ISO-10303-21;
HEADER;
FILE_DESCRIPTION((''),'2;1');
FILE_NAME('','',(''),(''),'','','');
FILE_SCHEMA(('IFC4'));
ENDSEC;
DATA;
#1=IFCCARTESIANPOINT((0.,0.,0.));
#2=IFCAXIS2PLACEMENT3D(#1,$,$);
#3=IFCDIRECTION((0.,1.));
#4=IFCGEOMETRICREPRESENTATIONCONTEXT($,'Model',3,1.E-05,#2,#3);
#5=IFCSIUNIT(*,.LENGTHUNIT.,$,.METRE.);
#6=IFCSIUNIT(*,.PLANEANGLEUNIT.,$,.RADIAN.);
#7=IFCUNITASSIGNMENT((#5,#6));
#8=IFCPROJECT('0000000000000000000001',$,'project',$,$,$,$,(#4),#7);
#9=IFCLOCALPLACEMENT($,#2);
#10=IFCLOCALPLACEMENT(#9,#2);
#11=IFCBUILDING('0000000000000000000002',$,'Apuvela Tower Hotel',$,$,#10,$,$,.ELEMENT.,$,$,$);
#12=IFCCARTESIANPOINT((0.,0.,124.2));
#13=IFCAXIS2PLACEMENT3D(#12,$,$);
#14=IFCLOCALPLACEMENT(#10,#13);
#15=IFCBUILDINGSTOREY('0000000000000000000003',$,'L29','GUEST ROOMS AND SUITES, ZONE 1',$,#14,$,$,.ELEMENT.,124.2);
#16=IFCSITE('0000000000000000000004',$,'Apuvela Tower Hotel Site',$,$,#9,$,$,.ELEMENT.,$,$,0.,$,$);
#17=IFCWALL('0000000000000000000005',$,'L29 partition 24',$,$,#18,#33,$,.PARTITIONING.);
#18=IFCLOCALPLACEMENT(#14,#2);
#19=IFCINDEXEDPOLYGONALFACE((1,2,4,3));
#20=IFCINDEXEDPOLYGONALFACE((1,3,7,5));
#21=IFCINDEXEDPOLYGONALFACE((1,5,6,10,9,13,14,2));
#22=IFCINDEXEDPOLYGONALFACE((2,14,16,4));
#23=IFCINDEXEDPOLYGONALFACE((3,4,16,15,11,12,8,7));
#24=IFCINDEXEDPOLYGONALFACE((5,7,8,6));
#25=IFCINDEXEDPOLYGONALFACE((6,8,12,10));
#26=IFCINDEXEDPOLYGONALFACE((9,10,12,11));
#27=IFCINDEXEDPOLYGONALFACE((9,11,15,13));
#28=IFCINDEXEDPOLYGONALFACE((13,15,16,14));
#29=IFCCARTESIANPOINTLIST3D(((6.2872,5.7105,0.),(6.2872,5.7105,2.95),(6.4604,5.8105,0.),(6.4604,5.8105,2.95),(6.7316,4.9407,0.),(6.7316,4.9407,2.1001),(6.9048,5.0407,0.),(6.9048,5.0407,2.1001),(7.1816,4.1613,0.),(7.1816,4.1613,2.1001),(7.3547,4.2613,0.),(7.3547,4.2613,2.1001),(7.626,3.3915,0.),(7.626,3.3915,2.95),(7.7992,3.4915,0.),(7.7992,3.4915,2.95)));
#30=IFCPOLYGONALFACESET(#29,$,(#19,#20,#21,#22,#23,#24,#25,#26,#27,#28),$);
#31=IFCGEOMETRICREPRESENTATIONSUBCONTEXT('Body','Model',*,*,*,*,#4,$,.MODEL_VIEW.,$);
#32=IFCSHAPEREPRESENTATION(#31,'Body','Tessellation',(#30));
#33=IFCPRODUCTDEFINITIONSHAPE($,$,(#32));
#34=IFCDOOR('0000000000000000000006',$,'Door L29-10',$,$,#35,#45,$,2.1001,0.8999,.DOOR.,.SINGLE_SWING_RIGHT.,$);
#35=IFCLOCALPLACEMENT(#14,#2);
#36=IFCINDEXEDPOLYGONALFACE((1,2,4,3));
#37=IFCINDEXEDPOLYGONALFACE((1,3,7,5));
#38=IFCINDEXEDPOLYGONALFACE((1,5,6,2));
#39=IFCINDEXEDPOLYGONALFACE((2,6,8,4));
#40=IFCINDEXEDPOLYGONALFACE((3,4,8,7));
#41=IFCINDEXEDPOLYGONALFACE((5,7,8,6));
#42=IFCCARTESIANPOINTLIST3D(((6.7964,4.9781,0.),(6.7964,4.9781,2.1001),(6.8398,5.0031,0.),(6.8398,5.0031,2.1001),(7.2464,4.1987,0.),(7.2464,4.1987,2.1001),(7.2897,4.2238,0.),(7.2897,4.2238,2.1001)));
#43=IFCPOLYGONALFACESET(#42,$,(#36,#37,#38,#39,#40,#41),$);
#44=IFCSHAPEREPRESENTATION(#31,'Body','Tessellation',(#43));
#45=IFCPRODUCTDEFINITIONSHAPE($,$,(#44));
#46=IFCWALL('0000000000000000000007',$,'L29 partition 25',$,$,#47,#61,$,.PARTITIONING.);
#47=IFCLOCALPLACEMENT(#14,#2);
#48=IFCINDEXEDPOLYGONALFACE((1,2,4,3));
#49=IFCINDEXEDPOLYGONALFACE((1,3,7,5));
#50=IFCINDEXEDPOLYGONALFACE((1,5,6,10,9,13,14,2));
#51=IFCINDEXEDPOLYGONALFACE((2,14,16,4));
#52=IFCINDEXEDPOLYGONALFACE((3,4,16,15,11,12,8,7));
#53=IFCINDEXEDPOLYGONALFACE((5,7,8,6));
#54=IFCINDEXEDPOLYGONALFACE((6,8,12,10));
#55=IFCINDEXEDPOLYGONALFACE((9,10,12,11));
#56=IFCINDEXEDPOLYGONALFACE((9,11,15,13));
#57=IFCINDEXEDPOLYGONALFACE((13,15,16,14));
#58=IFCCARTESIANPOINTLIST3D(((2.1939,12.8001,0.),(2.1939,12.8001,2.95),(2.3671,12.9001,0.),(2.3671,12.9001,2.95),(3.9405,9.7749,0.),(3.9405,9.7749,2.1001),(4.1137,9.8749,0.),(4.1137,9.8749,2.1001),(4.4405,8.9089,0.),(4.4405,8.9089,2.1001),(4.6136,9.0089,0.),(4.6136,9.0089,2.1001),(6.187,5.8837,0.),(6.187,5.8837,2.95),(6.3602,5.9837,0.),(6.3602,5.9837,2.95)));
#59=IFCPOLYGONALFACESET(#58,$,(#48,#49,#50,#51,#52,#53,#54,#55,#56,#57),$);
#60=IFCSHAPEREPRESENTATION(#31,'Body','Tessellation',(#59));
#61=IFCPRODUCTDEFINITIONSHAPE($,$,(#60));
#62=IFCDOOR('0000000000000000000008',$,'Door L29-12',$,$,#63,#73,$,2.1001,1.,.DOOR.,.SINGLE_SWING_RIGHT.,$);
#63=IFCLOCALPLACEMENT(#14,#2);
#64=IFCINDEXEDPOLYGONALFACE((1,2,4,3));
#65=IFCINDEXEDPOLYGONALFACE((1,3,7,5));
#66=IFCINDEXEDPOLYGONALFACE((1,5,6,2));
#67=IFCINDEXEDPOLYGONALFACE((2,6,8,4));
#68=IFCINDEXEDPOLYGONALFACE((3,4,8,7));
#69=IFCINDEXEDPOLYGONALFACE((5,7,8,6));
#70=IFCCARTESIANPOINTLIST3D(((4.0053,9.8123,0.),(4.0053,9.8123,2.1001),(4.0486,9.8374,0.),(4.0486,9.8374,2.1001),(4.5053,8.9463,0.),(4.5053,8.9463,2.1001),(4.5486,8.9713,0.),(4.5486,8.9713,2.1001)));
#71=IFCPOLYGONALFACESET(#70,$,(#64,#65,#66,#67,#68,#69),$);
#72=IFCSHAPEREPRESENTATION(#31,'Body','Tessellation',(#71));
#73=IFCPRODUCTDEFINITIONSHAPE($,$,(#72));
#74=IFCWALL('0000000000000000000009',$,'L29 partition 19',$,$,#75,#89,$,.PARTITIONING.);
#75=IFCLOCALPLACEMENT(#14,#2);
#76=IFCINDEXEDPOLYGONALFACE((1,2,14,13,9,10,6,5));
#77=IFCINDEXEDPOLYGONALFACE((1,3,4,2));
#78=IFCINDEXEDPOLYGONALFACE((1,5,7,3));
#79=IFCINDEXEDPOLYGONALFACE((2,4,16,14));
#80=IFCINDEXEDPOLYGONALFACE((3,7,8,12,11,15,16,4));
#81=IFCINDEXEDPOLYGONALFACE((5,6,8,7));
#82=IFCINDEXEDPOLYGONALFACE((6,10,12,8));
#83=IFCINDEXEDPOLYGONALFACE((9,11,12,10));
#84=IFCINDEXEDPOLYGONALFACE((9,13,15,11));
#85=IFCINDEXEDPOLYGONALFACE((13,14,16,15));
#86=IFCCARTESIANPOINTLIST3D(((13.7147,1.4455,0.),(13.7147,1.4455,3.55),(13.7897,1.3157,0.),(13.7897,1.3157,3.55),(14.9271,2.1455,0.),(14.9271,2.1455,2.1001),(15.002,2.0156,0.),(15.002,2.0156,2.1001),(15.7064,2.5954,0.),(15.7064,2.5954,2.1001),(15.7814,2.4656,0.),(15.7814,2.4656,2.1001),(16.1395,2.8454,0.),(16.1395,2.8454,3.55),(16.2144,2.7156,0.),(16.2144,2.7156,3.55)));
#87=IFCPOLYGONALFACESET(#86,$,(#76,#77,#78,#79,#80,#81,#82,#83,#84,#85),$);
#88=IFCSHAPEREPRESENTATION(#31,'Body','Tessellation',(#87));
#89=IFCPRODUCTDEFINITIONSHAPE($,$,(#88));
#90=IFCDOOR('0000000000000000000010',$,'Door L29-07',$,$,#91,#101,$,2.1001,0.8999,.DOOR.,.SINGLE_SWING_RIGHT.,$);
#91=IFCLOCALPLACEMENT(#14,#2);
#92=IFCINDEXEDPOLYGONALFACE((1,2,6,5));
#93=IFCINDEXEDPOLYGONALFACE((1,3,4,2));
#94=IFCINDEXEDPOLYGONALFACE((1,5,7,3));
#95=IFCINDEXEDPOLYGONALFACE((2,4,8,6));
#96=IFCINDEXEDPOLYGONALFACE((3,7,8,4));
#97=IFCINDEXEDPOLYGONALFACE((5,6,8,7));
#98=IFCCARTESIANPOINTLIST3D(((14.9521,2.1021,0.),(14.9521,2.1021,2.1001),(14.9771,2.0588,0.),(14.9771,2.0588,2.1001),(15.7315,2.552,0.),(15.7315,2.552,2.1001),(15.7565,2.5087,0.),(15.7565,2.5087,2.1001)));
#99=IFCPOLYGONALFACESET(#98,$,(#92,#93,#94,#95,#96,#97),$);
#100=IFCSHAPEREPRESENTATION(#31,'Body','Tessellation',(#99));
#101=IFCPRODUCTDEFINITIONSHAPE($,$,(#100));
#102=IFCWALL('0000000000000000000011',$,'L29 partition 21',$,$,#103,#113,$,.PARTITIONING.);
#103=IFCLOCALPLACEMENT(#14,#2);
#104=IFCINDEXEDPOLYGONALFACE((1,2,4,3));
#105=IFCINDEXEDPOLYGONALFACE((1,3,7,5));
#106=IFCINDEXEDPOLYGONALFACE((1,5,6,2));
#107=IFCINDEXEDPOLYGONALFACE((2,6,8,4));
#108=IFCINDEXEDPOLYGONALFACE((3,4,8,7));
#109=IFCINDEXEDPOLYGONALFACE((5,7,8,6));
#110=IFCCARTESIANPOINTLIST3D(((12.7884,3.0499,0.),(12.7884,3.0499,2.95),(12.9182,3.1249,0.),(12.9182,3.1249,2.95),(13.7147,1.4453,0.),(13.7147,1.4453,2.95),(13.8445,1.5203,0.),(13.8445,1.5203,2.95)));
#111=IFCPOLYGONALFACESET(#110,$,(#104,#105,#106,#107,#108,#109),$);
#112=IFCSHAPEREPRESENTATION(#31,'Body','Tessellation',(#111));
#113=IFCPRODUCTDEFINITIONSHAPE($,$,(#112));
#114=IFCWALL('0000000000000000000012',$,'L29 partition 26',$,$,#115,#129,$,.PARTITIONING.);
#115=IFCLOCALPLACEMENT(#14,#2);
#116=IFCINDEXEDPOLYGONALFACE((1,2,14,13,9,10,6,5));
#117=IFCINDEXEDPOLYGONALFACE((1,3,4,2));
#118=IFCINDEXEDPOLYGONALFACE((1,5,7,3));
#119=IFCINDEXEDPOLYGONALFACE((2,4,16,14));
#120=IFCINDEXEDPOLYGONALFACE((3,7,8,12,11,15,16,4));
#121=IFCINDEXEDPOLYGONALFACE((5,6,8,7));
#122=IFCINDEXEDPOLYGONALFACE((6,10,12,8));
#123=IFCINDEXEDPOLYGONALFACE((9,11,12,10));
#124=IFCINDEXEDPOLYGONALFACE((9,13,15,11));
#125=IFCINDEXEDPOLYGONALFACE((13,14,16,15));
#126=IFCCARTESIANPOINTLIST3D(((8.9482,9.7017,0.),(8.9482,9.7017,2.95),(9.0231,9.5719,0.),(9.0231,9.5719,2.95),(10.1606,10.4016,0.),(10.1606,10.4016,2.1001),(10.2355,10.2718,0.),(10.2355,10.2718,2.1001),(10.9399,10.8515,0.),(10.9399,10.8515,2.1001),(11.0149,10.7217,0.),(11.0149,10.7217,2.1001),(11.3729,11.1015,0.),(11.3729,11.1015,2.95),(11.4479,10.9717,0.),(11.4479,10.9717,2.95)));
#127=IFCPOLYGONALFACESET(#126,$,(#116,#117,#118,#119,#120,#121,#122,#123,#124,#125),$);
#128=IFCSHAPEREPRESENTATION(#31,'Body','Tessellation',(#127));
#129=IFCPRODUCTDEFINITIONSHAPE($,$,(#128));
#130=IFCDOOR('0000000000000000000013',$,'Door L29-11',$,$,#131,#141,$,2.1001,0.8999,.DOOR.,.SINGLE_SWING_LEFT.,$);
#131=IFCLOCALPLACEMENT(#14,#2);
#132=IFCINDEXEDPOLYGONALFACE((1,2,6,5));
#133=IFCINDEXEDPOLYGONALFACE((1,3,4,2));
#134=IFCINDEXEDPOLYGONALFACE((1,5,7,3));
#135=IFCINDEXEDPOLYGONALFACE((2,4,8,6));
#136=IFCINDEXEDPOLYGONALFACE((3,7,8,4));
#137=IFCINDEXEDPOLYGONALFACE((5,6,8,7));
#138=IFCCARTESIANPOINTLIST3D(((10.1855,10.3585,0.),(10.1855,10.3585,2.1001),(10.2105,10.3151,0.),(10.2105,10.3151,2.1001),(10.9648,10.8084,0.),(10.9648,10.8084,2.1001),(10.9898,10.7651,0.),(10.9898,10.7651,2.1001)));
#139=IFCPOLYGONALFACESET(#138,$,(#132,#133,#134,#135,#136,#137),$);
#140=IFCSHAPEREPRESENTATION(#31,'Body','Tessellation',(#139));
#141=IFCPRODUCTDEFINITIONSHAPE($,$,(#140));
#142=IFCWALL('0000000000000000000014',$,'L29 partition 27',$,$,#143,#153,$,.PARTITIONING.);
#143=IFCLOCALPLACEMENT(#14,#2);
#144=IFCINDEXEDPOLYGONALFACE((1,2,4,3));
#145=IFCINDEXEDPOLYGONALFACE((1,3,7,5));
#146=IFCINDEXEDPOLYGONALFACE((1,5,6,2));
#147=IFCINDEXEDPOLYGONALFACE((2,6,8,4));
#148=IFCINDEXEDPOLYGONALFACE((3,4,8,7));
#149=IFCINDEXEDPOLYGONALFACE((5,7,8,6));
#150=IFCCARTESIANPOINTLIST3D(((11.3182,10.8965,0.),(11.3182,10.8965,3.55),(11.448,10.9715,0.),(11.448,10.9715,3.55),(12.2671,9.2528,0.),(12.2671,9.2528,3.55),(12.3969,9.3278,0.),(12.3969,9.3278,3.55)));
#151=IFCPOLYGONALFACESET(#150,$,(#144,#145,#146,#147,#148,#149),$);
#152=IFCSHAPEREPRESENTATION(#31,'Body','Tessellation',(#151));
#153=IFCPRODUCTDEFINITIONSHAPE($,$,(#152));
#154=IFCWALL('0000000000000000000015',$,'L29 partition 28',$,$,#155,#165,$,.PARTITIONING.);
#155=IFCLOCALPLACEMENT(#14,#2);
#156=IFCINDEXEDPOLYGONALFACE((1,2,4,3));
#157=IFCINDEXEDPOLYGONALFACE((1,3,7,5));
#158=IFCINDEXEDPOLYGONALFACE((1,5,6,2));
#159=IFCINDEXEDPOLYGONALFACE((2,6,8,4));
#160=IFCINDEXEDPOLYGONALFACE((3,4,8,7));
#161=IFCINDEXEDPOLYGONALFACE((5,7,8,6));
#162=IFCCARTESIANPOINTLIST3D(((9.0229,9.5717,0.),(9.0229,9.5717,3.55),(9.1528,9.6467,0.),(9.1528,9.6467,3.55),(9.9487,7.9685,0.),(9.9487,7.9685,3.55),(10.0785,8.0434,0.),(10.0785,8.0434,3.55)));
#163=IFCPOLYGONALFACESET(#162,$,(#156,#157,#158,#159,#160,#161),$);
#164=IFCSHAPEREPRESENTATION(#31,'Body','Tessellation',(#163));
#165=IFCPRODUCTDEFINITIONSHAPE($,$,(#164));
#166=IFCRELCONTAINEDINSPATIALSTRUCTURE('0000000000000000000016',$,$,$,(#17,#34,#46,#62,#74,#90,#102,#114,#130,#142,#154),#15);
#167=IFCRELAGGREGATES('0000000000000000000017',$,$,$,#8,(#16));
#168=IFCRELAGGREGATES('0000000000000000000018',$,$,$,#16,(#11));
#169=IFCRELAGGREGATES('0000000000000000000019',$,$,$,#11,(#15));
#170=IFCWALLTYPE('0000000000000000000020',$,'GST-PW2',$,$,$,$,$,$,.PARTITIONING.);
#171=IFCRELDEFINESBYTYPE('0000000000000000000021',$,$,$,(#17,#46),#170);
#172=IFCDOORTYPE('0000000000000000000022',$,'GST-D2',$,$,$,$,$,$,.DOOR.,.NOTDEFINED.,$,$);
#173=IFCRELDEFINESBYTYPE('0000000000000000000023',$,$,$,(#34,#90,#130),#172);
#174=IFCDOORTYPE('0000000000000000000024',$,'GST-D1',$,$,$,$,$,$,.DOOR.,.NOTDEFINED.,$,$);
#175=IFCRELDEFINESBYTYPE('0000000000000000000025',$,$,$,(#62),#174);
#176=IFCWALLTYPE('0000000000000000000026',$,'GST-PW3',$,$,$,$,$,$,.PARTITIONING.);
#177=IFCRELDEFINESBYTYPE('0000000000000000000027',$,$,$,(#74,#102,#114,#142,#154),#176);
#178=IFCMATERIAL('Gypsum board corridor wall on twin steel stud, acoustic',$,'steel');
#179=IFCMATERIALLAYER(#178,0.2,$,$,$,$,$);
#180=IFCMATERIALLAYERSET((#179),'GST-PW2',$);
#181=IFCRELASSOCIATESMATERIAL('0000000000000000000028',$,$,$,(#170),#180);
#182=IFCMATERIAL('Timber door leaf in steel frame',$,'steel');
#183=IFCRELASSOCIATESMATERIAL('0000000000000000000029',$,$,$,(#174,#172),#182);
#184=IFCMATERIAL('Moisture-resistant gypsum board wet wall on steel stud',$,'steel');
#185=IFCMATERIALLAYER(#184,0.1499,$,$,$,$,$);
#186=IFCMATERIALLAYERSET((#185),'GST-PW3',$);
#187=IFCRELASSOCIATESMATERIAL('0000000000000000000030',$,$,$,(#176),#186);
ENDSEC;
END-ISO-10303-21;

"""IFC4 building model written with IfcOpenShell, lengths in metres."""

from ifc_helpers import new_model, si_unit, direction, frame, frame_2d, origin, place, context, subcontext, project, spatial, rectangle, extrude, material, layer, layer_set, type_object, element, fill, save


model = new_model("IFC4")

# Units and contexts
model_context = context("Model", 3, precision=1e-05, world=origin(), true_north=direction((0.0, 1.0)))
body_context = subcontext(model_context, "Body", "Model", "MODEL_VIEW")
ifc_project = project(units=[si_unit("LENGTHUNIT", "METRE"), si_unit("PLANEANGLEUNIT", "RADIAN")], contexts=[model_context])

# Site, building, storey
site_placement = place(None, origin())
site = spatial("IfcSite", under=ifc_project, at=site_placement, Name="Apuvela Tower Hotel Site", CompositionType="ELEMENT", RefElevation=0.0)
building_placement = place(site_placement, origin())
building = spatial("IfcBuilding", under=site, at=building_placement, Name="Apuvela Tower Hotel", CompositionType="ELEMENT")
storey_placement = place(building_placement, frame((0.0, 0.0, 124.2)))
storey = spatial("IfcBuildingStorey", under=building, at=storey_placement, Name="L29", Description="GUEST ROOMS AND SUITES, ZONE 1", CompositionType="ELEMENT", Elevation=124.2)

# Walls, openings, doors
ifc_material_1 = material(Name="Gypsum board corridor wall on twin steel stud, acoustic", Category="steel")
ifc_layer_1 = layer(ifc_material_1, 0.2)
ifc_layer_set_1 = layer_set([ifc_layer_1], Name="GST-PW2")
wall_type_1 = type_object("IfcWallType", Name="GST-PW2", PredefinedType="PARTITIONING", material=ifc_layer_set_1)
ifc_material_2 = material(Name="Timber door leaf in steel frame", Category="steel")
door_type_1 = type_object("IfcDoorType", Name="GST-D1", OperationType="NOTDEFINED", PredefinedType="DOOR", material=ifc_material_2)
door_type_2 = type_object("IfcDoorType", Name="GST-D2", OperationType="NOTDEFINED", PredefinedType="DOOR", material=ifc_material_2)
wall_1_placement = place(storey_placement, frame((6.3738, 5.7605, 0.0), z_axis=(0.0, 0.0, 1.0), x_axis=(0.499983, -0.866035, 0.0)))
wall_1 = element("IfcWall", 1, at=wall_1_placement, inside=storey, type_object=wall_type_1, Name="L29 partition 24", PredefinedType="PARTITIONING", context=body_context, shape_type="SweptSolid", body=[
    extrude(rectangle(XDim=2.6777, YDim=0.2, at=frame_2d((1.3389, 0.0))), origin(), (0.0, 0.0, 1.0), 2.95),
])
opening_1_placement = place(wall_1_placement, frame((0.8889, 0.0, 0.0)))
opening_1 = element("IfcOpeningElement", 2, at=opening_1_placement, cuts=wall_1, PredefinedType="OPENING", context=body_context, shape_type="SweptSolid", body=[
    extrude(rectangle(XDim=0.8999, YDim=2.1001, at=frame_2d((0.45, 1.05))), frame((0.0, 0.1099, 0.0), z_axis=(0.0, -1.0, 0.0), x_axis=(1.0, 0.0, 0.0)), (0.0, 0.0, 1.0), 0.22),
])
door_1_placement = place(opening_1_placement, origin())
door_1 = element("IfcDoor", 3, at=door_1_placement, inside=storey, type_object=door_type_2, Name="Door L29-10", OperationType="SINGLE_SWING_RIGHT", OverallHeight=2.1001, OverallWidth=0.8999, PredefinedType="DOOR", context=body_context, shape_type="SweptSolid", body=[
    extrude(rectangle(XDim=0.8999, YDim=2.1001, at=frame_2d((0.45, 1.05))), frame((0.0, 0.0249, 0.0), z_axis=(0.0, -1.0, 0.0), x_axis=(1.0, 0.0, 0.0)), (0.0, 0.0, 1.0), 0.05),
])
fill(opening_1, door_1)
wall_2_placement = place(storey_placement, frame((2.2805, 12.8501, 0.0), z_axis=(0.0, 0.0, 1.0), x_axis=(0.499992, -0.86603, 0.0)))
wall_2 = element("IfcWall", 4, at=wall_2_placement, inside=storey, type_object=wall_type_1, Name="L29 partition 25", PredefinedType="PARTITIONING", context=body_context, shape_type="SweptSolid", body=[
    extrude(rectangle(XDim=7.9863, YDim=0.2, at=frame_2d((3.9932, 0.0))), origin(), (0.0, 0.0, 1.0), 2.95),
])
opening_2_placement = place(wall_2_placement, frame((3.4932, 0.0, 0.0)))
opening_2 = element("IfcOpeningElement", 5, at=opening_2_placement, cuts=wall_2, PredefinedType="OPENING", context=body_context, shape_type="SweptSolid", body=[
    extrude(rectangle(XDim=1.0, YDim=2.1001, at=frame_2d((0.5, 1.05))), frame((0.0, 0.1099, 0.0), z_axis=(0.0, -1.0, 0.0), x_axis=(1.0, 0.0, 0.0)), (0.0, 0.0, 1.0), 0.22),
])
door_2_placement = place(opening_2_placement, origin())
door_2 = element("IfcDoor", 6, at=door_2_placement, inside=storey, type_object=door_type_1, Name="Door L29-12", OperationType="SINGLE_SWING_RIGHT", OverallHeight=2.1001, OverallWidth=1.0, PredefinedType="DOOR", context=body_context, shape_type="SweptSolid", body=[
    extrude(rectangle(XDim=1.0, YDim=2.1001, at=frame_2d((0.5, 1.05))), frame((0.0, 0.0249, 0.0), z_axis=(0.0, -1.0, 0.0), x_axis=(1.0, 0.0, 0.0)), (0.0, 0.0, 1.0), 0.05),
])
fill(opening_2, door_2)
ifc_material_3 = material(Name="Moisture-resistant gypsum board wet wall on steel stud", Category="steel")
ifc_layer_2 = layer(ifc_material_3, 0.1499)
ifc_layer_set_2 = layer_set([ifc_layer_2], Name="GST-PW3")
wall_type_2 = type_object("IfcWallType", Name="GST-PW3", PredefinedType="PARTITIONING", material=ifc_layer_set_2)
wall_3_placement = place(storey_placement, frame((13.7522, 1.3806, 0.0), z_axis=(0.0, 0.0, 1.0), x_axis=(0.866035, 0.499984, 0.0)))
wall_3 = element("IfcWall", 7, at=wall_3_placement, inside=storey, type_object=wall_type_2, Name="L29 partition 19", PredefinedType="PARTITIONING", context=body_context, shape_type="SweptSolid", body=[
    extrude(rectangle(XDim=2.7998, YDim=0.1499, at=frame_2d((1.3999, 0.0))), origin(), (0.0, 0.0, 1.0), 3.55),
])
opening_3_placement = place(wall_3_placement, frame((1.3999, 0.0, 0.0)))
opening_3 = element("IfcOpeningElement", 8, at=opening_3_placement, cuts=wall_3, PredefinedType="OPENING", context=body_context, shape_type="SweptSolid", body=[
    extrude(rectangle(XDim=0.8999, YDim=2.1001, at=frame_2d((0.45, 1.05))), frame((0.0, 0.085, 0.0), z_axis=(0.0, -1.0, 0.0), x_axis=(1.0, 0.0, 0.0)), (0.0, 0.0, 1.0), 0.1699),
])
door_3_placement = place(opening_3_placement, origin())
door_3 = element("IfcDoor", 9, at=door_3_placement, inside=storey, type_object=door_type_2, Name="Door L29-07", OperationType="SINGLE_SWING_RIGHT", OverallHeight=2.1001, OverallWidth=0.8999, PredefinedType="DOOR", context=body_context, shape_type="SweptSolid", body=[
    extrude(rectangle(XDim=0.8999, YDim=2.1001, at=frame_2d((0.45, 1.05))), frame((0.0, 0.0249, 0.0), z_axis=(0.0, -1.0, 0.0), x_axis=(1.0, 0.0, 0.0)), (0.0, 0.0, 1.0), 0.05),
])
fill(opening_3, door_3)

# Wall
wall_4_placement = place(storey_placement, frame((13.7795, 1.4829, 0.0), z_axis=(0.0, 0.0, 1.0), x_axis=(-0.499966, 0.866045, 0.0)))
element("IfcWall", 10, at=wall_4_placement, inside=storey, type_object=wall_type_2, Name="L29 partition 21", PredefinedType="PARTITIONING", context=body_context, shape_type="SweptSolid", body=[
    extrude(rectangle(XDim=1.8528, YDim=0.1499, at=frame_2d((0.9263, 0.0))), origin(), (0.0, 0.0, 1.0), 2.95),
])

# Wall, opening, door
wall_5_placement = place(storey_placement, frame((11.4104, 11.0366, 0.0), z_axis=(0.0, 0.0, 1.0), x_axis=(-0.866035, -0.499984, 0.0)))
wall_5 = element("IfcWall", 11, at=wall_5_placement, inside=storey, type_object=wall_type_2, Name="L29 partition 26", PredefinedType="PARTITIONING", context=body_context, shape_type="SweptSolid", body=[
    extrude(rectangle(XDim=2.7998, YDim=0.1499, at=frame_2d((1.3999, 0.0))), origin(), (0.0, 0.0, 1.0), 2.95),
])
opening_4_placement = place(wall_5_placement, frame((0.5, 0.0, 0.0)))
opening_4 = element("IfcOpeningElement", 12, at=opening_4_placement, cuts=wall_5, PredefinedType="OPENING", context=body_context, shape_type="SweptSolid", body=[
    extrude(rectangle(XDim=0.8999, YDim=2.1001, at=frame_2d((0.45, 1.05))), frame((0.0, 0.085, 0.0), z_axis=(0.0, -1.0, 0.0), x_axis=(1.0, 0.0, 0.0)), (0.0, 0.0, 1.0), 0.1699),
])
door_4_placement = place(opening_4_placement, origin())
door_4 = element("IfcDoor", 13, at=door_4_placement, inside=storey, type_object=door_type_2, Name="Door L29-11", OperationType="SINGLE_SWING_LEFT", OverallHeight=2.1001, OverallWidth=0.8999, PredefinedType="DOOR", context=body_context, shape_type="SweptSolid", body=[
    extrude(rectangle(XDim=0.8999, YDim=2.1001, at=frame_2d((0.45, 1.05))), frame((0.0, 0.0249, 0.0), z_axis=(0.0, -1.0, 0.0), x_axis=(1.0, 0.0, 0.0)), (0.0, 0.0, 1.0), 0.05),
])
fill(opening_4, door_4)

# Walls
wall_6_placement = place(storey_placement, frame((12.332, 9.2903, 0.0), z_axis=(0.0, 0.0, 1.0), x_axis=(-0.499971, 0.866042, 0.0)))
element("IfcWall", 14, at=wall_6_placement, inside=storey, type_object=wall_type_2, Name="L29 partition 27", PredefinedType="PARTITIONING", context=body_context, shape_type="SweptSolid", body=[
    extrude(rectangle(XDim=1.8979, YDim=0.1499, at=frame_2d((0.949, 0.0))), origin(), (0.0, 0.0, 1.0), 3.55),
])
wall_7_placement = place(storey_placement, frame((10.0137, 8.0059, 0.0), z_axis=(0.0, 0.0, 1.0), x_axis=(-0.500053, 0.865995, 0.0)))
element("IfcWall", 15, at=wall_7_placement, inside=storey, type_object=wall_type_2, Name="L29 partition 28", PredefinedType="PARTITIONING", context=body_context, shape_type="SweptSolid", body=[
    extrude(rectangle(XDim=1.8513, YDim=0.1499, at=frame_2d((0.9258, 0.0))), origin(), (0.0, 0.0, 1.0), 3.55),
])

save(model, "model.ifc")
